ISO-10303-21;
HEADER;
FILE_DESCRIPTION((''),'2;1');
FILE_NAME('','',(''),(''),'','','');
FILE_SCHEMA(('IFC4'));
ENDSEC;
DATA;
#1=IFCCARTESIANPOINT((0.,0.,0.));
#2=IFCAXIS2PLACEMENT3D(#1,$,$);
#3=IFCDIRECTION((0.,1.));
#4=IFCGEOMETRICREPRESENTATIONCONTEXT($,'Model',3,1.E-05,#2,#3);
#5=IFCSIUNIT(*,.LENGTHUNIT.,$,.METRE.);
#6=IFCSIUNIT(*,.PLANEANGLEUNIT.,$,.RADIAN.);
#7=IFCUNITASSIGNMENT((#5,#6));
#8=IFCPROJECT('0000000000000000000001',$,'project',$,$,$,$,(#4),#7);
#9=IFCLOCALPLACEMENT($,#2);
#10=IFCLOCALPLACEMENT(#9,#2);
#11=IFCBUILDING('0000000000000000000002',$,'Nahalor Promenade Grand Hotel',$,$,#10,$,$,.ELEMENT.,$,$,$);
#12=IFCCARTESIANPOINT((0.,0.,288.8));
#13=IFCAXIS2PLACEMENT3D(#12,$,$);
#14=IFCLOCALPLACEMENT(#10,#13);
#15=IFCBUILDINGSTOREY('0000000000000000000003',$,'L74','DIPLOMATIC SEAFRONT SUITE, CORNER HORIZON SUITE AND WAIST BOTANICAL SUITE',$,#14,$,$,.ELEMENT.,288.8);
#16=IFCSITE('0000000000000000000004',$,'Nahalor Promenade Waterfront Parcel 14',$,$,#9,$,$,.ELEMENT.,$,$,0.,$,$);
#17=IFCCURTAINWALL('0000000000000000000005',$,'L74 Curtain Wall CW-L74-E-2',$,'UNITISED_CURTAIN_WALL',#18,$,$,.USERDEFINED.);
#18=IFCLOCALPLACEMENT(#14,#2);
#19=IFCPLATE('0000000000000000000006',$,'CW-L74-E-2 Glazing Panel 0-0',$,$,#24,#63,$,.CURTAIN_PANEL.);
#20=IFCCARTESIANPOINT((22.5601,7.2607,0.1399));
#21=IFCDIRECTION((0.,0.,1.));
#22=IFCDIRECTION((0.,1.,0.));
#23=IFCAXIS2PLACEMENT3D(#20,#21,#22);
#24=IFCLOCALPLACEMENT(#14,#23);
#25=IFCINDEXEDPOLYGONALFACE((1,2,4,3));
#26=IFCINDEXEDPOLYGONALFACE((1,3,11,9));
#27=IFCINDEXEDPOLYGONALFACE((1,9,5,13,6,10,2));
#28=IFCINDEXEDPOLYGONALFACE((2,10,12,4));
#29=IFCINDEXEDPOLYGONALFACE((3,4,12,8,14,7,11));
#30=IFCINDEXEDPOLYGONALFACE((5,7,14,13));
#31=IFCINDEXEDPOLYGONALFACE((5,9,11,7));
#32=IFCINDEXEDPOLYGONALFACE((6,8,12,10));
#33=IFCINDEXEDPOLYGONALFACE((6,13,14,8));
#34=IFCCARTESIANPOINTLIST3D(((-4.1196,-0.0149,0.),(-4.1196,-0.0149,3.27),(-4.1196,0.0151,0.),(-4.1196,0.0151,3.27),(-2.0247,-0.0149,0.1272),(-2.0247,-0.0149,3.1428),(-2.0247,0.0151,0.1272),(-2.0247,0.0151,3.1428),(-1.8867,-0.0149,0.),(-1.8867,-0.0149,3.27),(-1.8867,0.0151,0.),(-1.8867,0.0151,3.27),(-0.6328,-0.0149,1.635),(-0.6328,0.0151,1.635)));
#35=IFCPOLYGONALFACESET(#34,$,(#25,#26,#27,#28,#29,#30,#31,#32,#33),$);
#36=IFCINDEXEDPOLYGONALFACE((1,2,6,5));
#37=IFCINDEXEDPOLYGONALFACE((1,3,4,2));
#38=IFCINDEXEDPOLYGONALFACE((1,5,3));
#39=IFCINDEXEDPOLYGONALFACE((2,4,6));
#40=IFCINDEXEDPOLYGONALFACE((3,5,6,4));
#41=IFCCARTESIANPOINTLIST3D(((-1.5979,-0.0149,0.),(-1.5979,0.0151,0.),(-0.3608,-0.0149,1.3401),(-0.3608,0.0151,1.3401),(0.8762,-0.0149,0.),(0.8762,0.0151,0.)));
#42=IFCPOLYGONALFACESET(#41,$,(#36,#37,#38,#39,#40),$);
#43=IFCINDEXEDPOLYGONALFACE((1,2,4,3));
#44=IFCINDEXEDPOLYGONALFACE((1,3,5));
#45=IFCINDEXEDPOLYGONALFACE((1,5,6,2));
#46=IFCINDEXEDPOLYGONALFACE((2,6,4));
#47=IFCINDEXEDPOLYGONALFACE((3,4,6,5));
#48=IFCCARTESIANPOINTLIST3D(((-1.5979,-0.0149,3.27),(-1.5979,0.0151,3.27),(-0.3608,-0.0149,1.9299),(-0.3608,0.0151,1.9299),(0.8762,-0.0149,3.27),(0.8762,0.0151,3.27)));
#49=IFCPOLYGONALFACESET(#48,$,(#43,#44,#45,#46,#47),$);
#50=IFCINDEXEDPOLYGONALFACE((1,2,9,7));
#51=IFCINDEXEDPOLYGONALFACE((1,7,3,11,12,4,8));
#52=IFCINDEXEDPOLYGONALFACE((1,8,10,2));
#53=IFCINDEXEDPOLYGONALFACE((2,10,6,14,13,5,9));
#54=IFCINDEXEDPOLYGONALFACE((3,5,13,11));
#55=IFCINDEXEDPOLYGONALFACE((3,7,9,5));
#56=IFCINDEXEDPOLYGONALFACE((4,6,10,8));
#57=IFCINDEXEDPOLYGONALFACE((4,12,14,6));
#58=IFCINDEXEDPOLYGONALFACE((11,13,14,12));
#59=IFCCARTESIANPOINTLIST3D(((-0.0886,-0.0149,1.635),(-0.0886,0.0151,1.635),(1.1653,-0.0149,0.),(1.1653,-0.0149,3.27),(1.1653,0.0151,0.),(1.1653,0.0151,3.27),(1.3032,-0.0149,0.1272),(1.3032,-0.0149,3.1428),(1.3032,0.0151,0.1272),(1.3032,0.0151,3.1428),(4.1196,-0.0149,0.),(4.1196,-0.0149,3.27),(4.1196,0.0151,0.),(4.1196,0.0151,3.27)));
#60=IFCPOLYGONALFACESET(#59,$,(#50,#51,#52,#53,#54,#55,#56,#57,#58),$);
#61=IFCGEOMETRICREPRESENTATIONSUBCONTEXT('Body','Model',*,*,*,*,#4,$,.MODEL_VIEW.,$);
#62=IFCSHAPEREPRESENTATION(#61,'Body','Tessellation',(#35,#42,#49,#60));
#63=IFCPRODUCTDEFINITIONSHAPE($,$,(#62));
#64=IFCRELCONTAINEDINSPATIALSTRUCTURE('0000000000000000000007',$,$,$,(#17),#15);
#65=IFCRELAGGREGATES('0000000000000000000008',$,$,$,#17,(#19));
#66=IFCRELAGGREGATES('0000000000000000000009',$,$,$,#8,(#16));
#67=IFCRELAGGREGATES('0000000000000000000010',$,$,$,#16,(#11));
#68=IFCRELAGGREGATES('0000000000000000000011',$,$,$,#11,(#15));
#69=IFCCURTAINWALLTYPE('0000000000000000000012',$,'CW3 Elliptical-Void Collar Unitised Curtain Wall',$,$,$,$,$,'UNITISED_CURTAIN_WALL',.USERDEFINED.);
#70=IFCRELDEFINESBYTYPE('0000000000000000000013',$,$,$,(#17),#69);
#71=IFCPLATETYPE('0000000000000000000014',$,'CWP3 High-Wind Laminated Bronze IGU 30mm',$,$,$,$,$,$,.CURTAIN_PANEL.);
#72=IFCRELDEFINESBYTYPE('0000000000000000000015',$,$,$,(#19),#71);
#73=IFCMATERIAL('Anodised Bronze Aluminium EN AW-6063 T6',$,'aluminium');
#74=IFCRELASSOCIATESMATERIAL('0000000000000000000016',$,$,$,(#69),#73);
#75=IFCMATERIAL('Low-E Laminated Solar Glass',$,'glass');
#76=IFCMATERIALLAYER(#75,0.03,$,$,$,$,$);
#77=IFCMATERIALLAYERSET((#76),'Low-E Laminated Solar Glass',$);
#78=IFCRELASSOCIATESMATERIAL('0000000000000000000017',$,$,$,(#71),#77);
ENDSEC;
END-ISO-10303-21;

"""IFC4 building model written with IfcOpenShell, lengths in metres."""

from ifc_helpers import new_model, si_unit, direction, frame, origin, place, context, subcontext, project, spatial, polyline, outline, extrude, material, layer, layer_set, type_object, element, aggregate, save


model = new_model("IFC4")

# Units and contexts
model_context = context("Model", 3, precision=1e-05, world=origin(), true_north=direction((0.0, 1.0)))
body_context = subcontext(model_context, "Body", "Model", "MODEL_VIEW")
ifc_project = project(units=[si_unit("LENGTHUNIT", "METRE"), si_unit("PLANEANGLEUNIT", "RADIAN")], contexts=[model_context])

# Site, building, storey
site_placement = place(None, origin())
site = spatial("IfcSite", under=ifc_project, at=site_placement, Name="Nahalor Promenade Waterfront Parcel 14", CompositionType="ELEMENT", RefElevation=0.0)
building_placement = place(site_placement, origin())
building = spatial("IfcBuilding", under=site, at=building_placement, Name="Nahalor Promenade Grand Hotel", CompositionType="ELEMENT")
storey_placement = place(building_placement, frame((0.0, 0.0, 288.8)))
storey = spatial("IfcBuildingStorey", under=building, at=storey_placement, Name="L74", Description="DIPLOMATIC SEAFRONT SUITE, CORNER HORIZON SUITE AND WAIST BOTANICAL SUITE", CompositionType="ELEMENT", Elevation=288.8)

# Curtain wall
ifc_material_1 = material(Name="Anodised Bronze Aluminium EN AW-6063 T6", Category="aluminium")
curtain_wall_type = type_object("IfcCurtainWallType", Name="CW3 Elliptical-Void Collar Unitised Curtain Wall", ElementType="UNITISED_CURTAIN_WALL", PredefinedType="USERDEFINED", material=ifc_material_1)
curtain_wall_1_placement = place(storey_placement, origin())
curtain_wall_1 = element("IfcCurtainWall", 1, at=curtain_wall_1_placement, inside=storey, type_object=curtain_wall_type, Name="L74 Curtain Wall CW-L74-E-2", ObjectType="UNITISED_CURTAIN_WALL", PredefinedType="USERDEFINED")

# Plate
ifc_material_2 = material(Name="Low-E Laminated Solar Glass", Category="glass")
ifc_layer_1 = layer(ifc_material_2, 0.03)
ifc_layer_set_1 = layer_set([ifc_layer_1], Name="Low-E Laminated Solar Glass")
plate_type_1 = type_object("IfcPlateType", Name="CWP3 High-Wind Laminated Bronze IGU 30mm", PredefinedType="CURTAIN_PANEL", material=ifc_layer_set_1)
plate_1_placement = place(storey_placement, frame((22.5601, 7.2607, 0.1399), z_axis=(0.0, 0.0, 1.0), x_axis=(0.0, 1.0, 0.0)))
plate_1 = element("IfcPlate", 2, at=plate_1_placement, type_object=plate_type_1, Name="CW-L74-E-2 Glazing Panel 0-0", PredefinedType="CURTAIN_PANEL", context=body_context, shape_type="SweptSolid", body=[
    extrude(outline(polyline([(-4.1196, 3.27), (-4.1196, 0.0), (-1.8867, 0.0), (-2.0247, 0.1272), (-0.6328, 1.635), (-2.0247, 3.1428), (-1.8867, 3.27), (-4.1196, 3.27)])), frame((0.0, 0.0151, 0.0), z_axis=(0.0, -1.0, 0.0), x_axis=(1.0, 0.0, 0.0)), (0.0, 0.0, 1.0), 0.03),
    extrude(outline(polyline([(-0.3608, 1.3401), (-1.5979, 0.0), (0.8762, 0.0), (-0.3608, 1.3401)])), frame((0.0, 0.0151, 0.0), z_axis=(0.0, -1.0, 0.0), x_axis=(1.0, 0.0, 0.0)), (0.0, 0.0, 1.0), 0.03),
    extrude(outline(polyline([(-0.3608, 1.9299), (0.8762, 3.27), (-1.5979, 3.27), (-0.3608, 1.9299)])), frame((0.0, 0.0151, 0.0), z_axis=(0.0, -1.0, 0.0), x_axis=(1.0, 0.0, 0.0)), (0.0, 0.0, 1.0), 0.03),
    extrude(outline(polyline([(4.1196, 0.0), (4.1196, 3.27), (1.1653, 3.27), (1.3032, 3.1428), (-0.0886, 1.635), (1.3032, 0.1272), (1.1653, 0.0), (4.1196, 0.0)])), frame((0.0, 0.0151, 0.0), z_axis=(0.0, -1.0, 0.0), x_axis=(1.0, 0.0, 0.0)), (0.0, 0.0, 1.0), 0.03),
])
aggregate(curtain_wall_1, [plate_1])

save(model, "model.ifc")
